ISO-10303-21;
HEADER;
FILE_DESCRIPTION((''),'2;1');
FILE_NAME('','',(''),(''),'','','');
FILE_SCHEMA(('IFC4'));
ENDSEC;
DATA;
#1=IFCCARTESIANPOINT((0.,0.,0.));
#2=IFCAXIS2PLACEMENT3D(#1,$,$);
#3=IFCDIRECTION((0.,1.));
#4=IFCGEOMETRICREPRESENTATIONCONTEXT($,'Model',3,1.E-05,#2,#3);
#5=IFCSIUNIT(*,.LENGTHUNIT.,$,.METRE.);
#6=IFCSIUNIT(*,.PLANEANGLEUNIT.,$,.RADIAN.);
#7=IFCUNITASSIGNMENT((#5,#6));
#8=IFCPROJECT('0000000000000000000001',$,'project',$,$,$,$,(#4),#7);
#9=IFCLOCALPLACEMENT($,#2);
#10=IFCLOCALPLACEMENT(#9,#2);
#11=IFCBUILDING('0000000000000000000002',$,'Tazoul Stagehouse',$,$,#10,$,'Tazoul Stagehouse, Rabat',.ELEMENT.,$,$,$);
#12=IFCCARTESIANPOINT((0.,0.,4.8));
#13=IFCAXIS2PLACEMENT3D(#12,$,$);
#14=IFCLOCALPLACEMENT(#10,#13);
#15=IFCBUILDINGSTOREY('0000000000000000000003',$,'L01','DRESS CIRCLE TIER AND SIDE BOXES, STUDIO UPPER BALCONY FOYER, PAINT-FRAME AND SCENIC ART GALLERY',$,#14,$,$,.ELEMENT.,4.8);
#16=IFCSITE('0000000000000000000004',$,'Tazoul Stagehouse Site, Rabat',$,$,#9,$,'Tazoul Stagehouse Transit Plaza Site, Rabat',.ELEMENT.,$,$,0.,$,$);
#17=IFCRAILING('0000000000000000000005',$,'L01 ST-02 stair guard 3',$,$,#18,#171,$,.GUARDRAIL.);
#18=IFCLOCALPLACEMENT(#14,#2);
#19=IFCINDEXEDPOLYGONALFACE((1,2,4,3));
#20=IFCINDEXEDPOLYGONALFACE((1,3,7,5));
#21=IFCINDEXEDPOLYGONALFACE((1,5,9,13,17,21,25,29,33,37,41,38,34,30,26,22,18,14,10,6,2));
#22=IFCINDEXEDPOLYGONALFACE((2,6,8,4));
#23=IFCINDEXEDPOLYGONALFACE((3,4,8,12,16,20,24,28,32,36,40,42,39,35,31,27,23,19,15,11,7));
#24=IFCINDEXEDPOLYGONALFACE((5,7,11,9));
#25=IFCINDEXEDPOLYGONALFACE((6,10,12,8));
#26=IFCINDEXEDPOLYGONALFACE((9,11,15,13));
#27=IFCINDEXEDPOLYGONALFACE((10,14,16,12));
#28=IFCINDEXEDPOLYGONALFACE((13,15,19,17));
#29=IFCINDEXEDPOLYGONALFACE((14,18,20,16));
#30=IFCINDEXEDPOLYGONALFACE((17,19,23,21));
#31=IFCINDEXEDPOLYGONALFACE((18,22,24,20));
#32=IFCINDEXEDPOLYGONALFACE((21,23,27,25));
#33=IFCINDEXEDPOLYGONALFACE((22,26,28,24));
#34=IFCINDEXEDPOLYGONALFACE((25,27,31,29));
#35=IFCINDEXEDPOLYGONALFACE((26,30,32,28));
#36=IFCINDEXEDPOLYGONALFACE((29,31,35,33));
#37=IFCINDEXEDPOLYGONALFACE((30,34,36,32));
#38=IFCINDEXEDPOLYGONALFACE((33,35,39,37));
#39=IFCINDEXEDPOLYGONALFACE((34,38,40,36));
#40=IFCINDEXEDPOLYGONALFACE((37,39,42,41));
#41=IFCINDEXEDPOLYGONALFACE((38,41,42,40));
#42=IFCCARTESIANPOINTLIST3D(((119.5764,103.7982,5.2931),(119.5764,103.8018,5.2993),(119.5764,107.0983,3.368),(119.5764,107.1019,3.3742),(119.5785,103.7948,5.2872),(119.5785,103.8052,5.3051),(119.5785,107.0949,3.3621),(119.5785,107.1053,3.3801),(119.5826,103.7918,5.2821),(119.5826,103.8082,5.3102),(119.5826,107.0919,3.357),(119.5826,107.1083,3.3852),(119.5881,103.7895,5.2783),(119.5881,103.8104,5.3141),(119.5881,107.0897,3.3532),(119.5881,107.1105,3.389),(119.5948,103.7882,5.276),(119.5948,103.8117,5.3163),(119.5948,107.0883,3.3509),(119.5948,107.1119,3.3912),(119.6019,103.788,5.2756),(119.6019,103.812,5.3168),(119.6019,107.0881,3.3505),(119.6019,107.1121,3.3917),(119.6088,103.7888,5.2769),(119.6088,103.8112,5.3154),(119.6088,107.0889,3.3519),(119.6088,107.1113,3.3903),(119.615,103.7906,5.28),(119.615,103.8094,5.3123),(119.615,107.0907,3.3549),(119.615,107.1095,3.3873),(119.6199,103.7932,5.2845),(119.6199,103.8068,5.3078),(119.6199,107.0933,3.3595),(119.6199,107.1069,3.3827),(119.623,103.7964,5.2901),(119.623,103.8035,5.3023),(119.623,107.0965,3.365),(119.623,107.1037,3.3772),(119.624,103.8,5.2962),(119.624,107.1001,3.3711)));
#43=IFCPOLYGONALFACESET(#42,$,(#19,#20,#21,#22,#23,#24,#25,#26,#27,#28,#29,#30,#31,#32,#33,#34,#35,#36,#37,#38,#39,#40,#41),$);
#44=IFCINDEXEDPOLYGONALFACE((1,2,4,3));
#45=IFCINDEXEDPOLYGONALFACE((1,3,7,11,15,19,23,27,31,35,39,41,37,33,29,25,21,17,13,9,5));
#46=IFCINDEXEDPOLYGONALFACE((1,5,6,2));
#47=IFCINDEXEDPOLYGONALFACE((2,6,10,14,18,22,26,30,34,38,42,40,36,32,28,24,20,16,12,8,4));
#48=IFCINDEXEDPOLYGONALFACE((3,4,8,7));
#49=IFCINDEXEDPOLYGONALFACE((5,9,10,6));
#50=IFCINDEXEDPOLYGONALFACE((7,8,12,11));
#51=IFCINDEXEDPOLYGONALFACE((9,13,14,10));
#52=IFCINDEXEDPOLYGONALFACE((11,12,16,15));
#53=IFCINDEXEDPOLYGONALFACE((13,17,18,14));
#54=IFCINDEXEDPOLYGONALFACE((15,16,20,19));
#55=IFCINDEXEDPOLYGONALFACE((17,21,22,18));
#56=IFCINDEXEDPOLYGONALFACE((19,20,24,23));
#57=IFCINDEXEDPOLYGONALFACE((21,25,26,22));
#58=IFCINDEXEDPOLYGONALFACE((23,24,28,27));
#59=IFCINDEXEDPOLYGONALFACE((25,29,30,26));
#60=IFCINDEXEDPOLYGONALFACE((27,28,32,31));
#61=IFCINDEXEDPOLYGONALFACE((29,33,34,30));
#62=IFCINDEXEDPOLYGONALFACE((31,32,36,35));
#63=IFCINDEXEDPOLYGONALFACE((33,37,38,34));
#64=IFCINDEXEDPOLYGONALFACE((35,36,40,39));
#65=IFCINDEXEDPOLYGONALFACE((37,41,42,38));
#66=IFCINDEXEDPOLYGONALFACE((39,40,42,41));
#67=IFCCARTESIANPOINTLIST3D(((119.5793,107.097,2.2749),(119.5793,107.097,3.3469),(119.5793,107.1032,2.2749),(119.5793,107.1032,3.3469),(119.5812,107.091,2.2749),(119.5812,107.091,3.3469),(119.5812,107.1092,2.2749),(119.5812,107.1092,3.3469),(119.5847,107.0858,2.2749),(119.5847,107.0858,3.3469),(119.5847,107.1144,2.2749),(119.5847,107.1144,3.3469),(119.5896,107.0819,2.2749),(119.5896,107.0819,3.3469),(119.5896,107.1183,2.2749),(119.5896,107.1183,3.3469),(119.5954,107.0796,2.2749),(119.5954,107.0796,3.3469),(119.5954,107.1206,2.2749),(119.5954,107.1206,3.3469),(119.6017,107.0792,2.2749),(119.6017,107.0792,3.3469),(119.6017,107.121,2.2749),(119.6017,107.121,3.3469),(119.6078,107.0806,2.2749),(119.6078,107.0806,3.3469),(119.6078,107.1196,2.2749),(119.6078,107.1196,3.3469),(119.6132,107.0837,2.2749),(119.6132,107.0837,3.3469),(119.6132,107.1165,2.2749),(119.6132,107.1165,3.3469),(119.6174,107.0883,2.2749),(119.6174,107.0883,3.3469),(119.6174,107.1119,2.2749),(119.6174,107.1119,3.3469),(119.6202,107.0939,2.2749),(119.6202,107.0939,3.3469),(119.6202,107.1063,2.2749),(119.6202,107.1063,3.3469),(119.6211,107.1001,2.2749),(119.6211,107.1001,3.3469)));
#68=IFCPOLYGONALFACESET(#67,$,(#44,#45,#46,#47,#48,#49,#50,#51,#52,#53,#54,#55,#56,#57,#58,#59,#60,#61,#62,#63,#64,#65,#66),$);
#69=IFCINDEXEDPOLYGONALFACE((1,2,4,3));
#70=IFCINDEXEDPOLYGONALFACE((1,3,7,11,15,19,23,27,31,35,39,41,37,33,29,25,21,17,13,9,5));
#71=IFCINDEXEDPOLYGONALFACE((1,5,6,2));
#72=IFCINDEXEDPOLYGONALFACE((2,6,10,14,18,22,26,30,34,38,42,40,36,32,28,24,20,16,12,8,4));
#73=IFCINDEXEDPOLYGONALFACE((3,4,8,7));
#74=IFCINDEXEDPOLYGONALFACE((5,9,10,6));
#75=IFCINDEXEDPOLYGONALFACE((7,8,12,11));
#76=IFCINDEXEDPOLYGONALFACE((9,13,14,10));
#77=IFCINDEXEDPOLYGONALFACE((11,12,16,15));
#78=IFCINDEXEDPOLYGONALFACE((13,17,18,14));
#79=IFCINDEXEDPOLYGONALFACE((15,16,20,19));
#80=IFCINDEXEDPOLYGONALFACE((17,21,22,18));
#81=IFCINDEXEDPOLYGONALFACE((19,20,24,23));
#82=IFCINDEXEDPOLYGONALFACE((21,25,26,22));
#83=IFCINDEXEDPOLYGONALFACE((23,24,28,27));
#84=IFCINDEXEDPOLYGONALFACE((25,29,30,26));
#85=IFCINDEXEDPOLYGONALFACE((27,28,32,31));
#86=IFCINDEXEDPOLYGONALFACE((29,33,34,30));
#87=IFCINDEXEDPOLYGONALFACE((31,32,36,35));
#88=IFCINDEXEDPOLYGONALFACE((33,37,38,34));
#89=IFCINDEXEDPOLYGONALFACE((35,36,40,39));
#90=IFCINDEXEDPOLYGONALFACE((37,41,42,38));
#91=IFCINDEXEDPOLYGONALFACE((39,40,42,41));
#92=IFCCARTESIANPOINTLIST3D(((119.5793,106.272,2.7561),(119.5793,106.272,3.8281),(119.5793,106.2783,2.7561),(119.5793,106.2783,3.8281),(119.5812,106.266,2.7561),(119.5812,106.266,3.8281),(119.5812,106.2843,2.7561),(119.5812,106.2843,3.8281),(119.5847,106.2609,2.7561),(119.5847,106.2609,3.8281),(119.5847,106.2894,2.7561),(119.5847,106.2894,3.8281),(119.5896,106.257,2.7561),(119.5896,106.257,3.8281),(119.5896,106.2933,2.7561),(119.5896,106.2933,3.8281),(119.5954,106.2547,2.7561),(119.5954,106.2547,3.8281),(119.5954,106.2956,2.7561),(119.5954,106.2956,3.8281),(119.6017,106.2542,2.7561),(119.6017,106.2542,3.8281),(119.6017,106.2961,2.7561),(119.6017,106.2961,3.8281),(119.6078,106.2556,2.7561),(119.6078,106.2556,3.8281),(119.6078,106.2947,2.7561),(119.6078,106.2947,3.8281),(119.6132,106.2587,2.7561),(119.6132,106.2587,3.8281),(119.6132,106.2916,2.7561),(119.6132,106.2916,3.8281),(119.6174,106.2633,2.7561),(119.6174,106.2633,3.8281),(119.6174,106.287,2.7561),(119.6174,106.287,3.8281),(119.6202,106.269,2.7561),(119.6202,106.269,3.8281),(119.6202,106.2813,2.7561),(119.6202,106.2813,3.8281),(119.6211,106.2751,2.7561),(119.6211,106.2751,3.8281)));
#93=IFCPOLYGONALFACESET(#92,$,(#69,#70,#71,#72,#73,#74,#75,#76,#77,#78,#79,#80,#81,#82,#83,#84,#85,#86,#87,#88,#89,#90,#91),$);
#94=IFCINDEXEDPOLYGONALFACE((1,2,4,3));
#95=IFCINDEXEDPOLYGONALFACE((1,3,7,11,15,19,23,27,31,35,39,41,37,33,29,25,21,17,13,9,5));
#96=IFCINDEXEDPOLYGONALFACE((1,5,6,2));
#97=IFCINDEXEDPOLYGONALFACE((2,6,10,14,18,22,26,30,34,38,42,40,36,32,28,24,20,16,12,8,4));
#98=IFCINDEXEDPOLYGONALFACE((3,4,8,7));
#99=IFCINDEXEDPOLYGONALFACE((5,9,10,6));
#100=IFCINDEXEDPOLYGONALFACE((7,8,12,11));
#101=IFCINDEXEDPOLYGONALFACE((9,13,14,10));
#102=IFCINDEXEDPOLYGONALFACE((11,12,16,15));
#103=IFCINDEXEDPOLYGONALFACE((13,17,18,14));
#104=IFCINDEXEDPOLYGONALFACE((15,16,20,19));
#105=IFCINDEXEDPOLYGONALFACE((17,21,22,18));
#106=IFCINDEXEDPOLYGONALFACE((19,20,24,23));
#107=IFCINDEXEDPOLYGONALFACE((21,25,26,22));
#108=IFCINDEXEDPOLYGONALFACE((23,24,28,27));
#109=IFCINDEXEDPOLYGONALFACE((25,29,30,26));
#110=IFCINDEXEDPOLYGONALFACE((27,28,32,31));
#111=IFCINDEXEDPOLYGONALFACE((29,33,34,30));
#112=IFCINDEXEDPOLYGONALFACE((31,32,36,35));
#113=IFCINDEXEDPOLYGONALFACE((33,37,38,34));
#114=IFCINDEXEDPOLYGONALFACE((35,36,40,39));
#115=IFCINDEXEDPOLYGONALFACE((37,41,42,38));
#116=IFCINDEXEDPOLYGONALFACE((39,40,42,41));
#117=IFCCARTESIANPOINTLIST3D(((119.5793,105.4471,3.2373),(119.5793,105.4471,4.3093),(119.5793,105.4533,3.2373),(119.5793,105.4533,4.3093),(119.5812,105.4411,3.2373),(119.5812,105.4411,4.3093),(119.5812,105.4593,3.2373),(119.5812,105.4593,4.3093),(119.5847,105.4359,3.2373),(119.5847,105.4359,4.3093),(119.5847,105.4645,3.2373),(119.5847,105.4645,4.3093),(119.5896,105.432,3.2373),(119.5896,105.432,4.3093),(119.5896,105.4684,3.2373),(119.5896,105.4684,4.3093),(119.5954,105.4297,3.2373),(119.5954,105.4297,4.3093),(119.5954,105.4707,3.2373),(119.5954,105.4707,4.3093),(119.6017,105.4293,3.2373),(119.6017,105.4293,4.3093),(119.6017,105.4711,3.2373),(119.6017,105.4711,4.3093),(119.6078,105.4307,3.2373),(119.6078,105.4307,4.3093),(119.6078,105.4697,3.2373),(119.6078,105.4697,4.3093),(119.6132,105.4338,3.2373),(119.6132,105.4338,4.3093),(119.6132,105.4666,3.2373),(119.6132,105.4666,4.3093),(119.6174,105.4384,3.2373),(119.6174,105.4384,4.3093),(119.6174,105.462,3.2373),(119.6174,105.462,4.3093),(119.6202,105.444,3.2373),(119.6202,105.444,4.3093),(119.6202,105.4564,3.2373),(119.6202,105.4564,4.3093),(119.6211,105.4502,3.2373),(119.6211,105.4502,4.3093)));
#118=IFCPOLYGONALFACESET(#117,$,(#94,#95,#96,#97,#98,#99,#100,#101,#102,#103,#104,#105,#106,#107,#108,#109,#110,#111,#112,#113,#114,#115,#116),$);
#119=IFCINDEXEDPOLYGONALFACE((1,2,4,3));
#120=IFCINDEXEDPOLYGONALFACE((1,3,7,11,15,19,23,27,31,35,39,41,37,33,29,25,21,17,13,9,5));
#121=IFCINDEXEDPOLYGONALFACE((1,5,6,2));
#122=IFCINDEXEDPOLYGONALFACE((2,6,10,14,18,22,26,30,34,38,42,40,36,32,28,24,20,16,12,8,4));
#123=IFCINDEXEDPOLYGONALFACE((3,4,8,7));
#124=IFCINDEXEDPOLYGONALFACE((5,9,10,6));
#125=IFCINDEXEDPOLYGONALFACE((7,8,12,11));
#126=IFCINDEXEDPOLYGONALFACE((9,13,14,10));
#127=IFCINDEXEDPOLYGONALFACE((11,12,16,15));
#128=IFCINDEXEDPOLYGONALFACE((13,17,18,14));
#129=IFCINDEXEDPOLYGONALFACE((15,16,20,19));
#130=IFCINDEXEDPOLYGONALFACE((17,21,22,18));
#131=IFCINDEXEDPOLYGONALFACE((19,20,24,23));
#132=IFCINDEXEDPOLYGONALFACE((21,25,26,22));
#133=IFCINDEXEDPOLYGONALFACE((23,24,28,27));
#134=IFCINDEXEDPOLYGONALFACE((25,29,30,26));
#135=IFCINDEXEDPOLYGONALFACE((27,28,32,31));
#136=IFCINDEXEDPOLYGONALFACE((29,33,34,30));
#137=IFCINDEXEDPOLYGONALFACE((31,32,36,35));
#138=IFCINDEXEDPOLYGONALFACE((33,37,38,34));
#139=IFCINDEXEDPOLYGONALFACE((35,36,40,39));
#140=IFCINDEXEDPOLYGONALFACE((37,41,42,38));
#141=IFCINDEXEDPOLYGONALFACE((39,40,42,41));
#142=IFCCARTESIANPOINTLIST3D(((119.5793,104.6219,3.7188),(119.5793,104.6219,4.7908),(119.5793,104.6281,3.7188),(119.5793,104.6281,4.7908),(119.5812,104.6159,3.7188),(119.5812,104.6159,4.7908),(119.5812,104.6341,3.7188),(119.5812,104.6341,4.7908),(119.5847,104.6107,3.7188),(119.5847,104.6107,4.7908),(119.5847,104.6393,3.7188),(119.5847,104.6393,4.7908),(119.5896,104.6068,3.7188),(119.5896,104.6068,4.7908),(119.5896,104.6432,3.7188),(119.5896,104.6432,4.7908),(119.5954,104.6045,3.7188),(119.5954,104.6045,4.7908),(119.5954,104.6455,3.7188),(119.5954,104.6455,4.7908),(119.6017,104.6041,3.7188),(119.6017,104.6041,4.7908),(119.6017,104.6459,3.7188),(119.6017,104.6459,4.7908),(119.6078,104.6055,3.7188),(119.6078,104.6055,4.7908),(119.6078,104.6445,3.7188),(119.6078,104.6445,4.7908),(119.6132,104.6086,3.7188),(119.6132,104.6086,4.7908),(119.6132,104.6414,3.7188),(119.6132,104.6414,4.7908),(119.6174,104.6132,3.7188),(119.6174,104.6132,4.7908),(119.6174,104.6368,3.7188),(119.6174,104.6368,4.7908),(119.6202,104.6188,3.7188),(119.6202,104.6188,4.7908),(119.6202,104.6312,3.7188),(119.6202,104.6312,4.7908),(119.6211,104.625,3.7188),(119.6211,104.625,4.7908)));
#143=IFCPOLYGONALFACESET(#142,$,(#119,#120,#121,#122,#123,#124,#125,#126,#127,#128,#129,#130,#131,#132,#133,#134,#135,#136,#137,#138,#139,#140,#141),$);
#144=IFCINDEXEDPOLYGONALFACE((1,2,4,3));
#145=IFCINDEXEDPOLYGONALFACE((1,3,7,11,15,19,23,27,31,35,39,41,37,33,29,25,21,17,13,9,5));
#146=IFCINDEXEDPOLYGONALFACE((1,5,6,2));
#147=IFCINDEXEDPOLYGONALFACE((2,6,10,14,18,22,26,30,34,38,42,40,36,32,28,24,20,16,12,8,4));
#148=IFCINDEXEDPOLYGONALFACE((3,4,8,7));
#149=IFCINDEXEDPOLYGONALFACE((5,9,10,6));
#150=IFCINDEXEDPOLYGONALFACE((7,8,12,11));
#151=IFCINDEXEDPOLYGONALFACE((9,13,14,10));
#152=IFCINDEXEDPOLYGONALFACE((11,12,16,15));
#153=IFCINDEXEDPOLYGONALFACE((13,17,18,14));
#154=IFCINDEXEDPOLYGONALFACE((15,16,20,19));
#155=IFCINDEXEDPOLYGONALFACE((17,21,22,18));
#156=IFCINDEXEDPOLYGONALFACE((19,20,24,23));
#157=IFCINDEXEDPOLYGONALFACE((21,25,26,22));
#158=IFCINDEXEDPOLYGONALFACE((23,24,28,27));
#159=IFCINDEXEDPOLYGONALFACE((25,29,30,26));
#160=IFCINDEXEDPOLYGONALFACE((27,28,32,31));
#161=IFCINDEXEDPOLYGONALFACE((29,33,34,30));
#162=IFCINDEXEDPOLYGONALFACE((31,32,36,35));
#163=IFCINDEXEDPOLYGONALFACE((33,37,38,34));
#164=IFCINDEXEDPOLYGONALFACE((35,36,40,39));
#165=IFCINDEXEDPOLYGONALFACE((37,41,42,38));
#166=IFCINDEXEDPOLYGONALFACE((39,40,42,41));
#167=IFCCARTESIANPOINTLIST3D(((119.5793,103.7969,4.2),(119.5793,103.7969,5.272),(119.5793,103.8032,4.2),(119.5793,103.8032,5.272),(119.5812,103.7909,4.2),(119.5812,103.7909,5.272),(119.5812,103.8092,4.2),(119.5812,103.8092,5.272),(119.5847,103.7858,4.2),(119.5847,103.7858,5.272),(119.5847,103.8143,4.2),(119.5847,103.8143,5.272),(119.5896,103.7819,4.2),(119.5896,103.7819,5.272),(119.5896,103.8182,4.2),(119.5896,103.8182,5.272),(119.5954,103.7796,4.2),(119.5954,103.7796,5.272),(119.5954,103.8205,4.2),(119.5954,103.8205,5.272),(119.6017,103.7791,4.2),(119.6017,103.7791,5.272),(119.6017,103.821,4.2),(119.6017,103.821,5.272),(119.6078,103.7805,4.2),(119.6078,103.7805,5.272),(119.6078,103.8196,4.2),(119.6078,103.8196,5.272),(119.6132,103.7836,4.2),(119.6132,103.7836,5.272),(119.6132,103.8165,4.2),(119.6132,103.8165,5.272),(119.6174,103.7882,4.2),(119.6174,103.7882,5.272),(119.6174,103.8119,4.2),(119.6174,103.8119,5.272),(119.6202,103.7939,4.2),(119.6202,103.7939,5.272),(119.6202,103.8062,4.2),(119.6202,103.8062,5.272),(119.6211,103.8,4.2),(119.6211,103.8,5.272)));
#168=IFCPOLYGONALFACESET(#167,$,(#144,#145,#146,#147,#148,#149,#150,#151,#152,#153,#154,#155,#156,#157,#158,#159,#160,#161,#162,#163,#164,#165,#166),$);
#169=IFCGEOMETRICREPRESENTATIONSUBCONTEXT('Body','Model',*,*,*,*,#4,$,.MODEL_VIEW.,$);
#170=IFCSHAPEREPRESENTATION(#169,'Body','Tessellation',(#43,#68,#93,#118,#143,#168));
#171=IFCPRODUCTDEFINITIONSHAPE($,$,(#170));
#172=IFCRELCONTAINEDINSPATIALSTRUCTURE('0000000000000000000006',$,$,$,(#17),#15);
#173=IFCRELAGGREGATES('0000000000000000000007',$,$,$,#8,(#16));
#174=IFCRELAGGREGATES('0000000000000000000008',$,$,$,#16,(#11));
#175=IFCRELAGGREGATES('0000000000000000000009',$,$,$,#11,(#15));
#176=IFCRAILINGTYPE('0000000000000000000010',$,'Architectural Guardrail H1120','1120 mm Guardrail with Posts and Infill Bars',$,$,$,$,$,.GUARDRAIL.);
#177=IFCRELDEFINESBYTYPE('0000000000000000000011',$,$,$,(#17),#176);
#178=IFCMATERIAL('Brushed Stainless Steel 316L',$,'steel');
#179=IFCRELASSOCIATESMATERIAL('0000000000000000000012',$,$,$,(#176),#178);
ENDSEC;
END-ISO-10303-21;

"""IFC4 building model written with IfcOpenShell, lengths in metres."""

from ifc_helpers import new_model, si_unit, direction, frame, origin, origin_2d, place, context, subcontext, project, spatial, circle, extrude, material, material_profile, profile_set, type_object, element, save


model = new_model("IFC4")

# Units and contexts
model_context = context("Model", 3, precision=1e-05, world=origin(), true_north=direction((0.0, 1.0)))
body_context = subcontext(model_context, "Body", "Model", "MODEL_VIEW")
ifc_project = project(units=[si_unit("LENGTHUNIT", "METRE"), si_unit("PLANEANGLEUNIT", "RADIAN")], contexts=[model_context])

# Site, building, storey
site_placement = place(None, origin())
site = spatial("IfcSite", under=ifc_project, at=site_placement, Name="Tazoul Stagehouse Site, Rabat", LongName="Tazoul Stagehouse Transit Plaza Site, Rabat", CompositionType="ELEMENT", RefElevation=0.0)
building_placement = place(site_placement, origin())
building = spatial("IfcBuilding", under=site, at=building_placement, Name="Tazoul Stagehouse", LongName="Tazoul Stagehouse, Rabat", CompositionType="ELEMENT")
storey_placement = place(building_placement, frame((0.0, 0.0, 4.8)))
storey = spatial("IfcBuildingStorey", under=building, at=storey_placement, Name="L01", Description="DRESS CIRCLE TIER AND SIDE BOXES, STUDIO UPPER BALCONY FOYER, PAINT-FRAME AND SCENIC ART GALLERY", CompositionType="ELEMENT", Elevation=4.8)

# Railing
ifc_material_1 = material(Name="Brushed Stainless Steel 316L", Category="steel")
ifc_material_profile_1 = material_profile(ifc_material_1, circle(Radius=0.0239, at=origin_2d()), Name="SS RAIL D48")
ifc_profile_set_1 = profile_set([ifc_material_profile_1], Name="Brushed Stainless Steel 316L")
railing_type_1 = type_object("IfcRailingType", Name="Architectural Guardrail H1120", Description="1120 mm Guardrail with Posts and Infill Bars", PredefinedType="GUARDRAIL", material=ifc_profile_set_1)
railing_1_placement = place(storey_placement, frame((119.6001, 107.1001, 2.2749)))
element("IfcRailing", 1, at=railing_1_placement, inside=storey, type_object=railing_type_1, Name="L01 ST-02 stair guard 3", PredefinedType="GUARDRAIL", context=body_context, shape_type="SweptSolid", body=[
    extrude(circle(Radius=0.0239, at=origin_2d()), frame((0.0, 0.0, 1.0962), z_axis=(0.0, -0.863777, 0.503875), x_axis=(1.0, 0.0, 0.0)), (0.0, 0.0, 1.0), 3.8206),
    extrude(circle(Radius=0.021, at=origin_2d()), origin(), (0.0, 0.0, 1.0), 1.072),
    extrude(circle(Radius=0.021, at=origin_2d()), frame((0.0, -0.825, 0.4812)), (0.0, 0.0, 1.0), 1.072),
    extrude(circle(Radius=0.021, at=origin_2d()), frame((0.0, -1.6499, 0.9624)), (0.0, 0.0, 1.0), 1.072),
    extrude(circle(Radius=0.021, at=origin_2d()), frame((0.0, -2.4751, 1.4438)), (0.0, 0.0, 1.0), 1.072),
    extrude(circle(Radius=0.021, at=origin_2d()), frame((0.0, -3.3, 1.925)), (0.0, 0.0, 1.0), 1.072),
])

save(model, "model.ifc")
